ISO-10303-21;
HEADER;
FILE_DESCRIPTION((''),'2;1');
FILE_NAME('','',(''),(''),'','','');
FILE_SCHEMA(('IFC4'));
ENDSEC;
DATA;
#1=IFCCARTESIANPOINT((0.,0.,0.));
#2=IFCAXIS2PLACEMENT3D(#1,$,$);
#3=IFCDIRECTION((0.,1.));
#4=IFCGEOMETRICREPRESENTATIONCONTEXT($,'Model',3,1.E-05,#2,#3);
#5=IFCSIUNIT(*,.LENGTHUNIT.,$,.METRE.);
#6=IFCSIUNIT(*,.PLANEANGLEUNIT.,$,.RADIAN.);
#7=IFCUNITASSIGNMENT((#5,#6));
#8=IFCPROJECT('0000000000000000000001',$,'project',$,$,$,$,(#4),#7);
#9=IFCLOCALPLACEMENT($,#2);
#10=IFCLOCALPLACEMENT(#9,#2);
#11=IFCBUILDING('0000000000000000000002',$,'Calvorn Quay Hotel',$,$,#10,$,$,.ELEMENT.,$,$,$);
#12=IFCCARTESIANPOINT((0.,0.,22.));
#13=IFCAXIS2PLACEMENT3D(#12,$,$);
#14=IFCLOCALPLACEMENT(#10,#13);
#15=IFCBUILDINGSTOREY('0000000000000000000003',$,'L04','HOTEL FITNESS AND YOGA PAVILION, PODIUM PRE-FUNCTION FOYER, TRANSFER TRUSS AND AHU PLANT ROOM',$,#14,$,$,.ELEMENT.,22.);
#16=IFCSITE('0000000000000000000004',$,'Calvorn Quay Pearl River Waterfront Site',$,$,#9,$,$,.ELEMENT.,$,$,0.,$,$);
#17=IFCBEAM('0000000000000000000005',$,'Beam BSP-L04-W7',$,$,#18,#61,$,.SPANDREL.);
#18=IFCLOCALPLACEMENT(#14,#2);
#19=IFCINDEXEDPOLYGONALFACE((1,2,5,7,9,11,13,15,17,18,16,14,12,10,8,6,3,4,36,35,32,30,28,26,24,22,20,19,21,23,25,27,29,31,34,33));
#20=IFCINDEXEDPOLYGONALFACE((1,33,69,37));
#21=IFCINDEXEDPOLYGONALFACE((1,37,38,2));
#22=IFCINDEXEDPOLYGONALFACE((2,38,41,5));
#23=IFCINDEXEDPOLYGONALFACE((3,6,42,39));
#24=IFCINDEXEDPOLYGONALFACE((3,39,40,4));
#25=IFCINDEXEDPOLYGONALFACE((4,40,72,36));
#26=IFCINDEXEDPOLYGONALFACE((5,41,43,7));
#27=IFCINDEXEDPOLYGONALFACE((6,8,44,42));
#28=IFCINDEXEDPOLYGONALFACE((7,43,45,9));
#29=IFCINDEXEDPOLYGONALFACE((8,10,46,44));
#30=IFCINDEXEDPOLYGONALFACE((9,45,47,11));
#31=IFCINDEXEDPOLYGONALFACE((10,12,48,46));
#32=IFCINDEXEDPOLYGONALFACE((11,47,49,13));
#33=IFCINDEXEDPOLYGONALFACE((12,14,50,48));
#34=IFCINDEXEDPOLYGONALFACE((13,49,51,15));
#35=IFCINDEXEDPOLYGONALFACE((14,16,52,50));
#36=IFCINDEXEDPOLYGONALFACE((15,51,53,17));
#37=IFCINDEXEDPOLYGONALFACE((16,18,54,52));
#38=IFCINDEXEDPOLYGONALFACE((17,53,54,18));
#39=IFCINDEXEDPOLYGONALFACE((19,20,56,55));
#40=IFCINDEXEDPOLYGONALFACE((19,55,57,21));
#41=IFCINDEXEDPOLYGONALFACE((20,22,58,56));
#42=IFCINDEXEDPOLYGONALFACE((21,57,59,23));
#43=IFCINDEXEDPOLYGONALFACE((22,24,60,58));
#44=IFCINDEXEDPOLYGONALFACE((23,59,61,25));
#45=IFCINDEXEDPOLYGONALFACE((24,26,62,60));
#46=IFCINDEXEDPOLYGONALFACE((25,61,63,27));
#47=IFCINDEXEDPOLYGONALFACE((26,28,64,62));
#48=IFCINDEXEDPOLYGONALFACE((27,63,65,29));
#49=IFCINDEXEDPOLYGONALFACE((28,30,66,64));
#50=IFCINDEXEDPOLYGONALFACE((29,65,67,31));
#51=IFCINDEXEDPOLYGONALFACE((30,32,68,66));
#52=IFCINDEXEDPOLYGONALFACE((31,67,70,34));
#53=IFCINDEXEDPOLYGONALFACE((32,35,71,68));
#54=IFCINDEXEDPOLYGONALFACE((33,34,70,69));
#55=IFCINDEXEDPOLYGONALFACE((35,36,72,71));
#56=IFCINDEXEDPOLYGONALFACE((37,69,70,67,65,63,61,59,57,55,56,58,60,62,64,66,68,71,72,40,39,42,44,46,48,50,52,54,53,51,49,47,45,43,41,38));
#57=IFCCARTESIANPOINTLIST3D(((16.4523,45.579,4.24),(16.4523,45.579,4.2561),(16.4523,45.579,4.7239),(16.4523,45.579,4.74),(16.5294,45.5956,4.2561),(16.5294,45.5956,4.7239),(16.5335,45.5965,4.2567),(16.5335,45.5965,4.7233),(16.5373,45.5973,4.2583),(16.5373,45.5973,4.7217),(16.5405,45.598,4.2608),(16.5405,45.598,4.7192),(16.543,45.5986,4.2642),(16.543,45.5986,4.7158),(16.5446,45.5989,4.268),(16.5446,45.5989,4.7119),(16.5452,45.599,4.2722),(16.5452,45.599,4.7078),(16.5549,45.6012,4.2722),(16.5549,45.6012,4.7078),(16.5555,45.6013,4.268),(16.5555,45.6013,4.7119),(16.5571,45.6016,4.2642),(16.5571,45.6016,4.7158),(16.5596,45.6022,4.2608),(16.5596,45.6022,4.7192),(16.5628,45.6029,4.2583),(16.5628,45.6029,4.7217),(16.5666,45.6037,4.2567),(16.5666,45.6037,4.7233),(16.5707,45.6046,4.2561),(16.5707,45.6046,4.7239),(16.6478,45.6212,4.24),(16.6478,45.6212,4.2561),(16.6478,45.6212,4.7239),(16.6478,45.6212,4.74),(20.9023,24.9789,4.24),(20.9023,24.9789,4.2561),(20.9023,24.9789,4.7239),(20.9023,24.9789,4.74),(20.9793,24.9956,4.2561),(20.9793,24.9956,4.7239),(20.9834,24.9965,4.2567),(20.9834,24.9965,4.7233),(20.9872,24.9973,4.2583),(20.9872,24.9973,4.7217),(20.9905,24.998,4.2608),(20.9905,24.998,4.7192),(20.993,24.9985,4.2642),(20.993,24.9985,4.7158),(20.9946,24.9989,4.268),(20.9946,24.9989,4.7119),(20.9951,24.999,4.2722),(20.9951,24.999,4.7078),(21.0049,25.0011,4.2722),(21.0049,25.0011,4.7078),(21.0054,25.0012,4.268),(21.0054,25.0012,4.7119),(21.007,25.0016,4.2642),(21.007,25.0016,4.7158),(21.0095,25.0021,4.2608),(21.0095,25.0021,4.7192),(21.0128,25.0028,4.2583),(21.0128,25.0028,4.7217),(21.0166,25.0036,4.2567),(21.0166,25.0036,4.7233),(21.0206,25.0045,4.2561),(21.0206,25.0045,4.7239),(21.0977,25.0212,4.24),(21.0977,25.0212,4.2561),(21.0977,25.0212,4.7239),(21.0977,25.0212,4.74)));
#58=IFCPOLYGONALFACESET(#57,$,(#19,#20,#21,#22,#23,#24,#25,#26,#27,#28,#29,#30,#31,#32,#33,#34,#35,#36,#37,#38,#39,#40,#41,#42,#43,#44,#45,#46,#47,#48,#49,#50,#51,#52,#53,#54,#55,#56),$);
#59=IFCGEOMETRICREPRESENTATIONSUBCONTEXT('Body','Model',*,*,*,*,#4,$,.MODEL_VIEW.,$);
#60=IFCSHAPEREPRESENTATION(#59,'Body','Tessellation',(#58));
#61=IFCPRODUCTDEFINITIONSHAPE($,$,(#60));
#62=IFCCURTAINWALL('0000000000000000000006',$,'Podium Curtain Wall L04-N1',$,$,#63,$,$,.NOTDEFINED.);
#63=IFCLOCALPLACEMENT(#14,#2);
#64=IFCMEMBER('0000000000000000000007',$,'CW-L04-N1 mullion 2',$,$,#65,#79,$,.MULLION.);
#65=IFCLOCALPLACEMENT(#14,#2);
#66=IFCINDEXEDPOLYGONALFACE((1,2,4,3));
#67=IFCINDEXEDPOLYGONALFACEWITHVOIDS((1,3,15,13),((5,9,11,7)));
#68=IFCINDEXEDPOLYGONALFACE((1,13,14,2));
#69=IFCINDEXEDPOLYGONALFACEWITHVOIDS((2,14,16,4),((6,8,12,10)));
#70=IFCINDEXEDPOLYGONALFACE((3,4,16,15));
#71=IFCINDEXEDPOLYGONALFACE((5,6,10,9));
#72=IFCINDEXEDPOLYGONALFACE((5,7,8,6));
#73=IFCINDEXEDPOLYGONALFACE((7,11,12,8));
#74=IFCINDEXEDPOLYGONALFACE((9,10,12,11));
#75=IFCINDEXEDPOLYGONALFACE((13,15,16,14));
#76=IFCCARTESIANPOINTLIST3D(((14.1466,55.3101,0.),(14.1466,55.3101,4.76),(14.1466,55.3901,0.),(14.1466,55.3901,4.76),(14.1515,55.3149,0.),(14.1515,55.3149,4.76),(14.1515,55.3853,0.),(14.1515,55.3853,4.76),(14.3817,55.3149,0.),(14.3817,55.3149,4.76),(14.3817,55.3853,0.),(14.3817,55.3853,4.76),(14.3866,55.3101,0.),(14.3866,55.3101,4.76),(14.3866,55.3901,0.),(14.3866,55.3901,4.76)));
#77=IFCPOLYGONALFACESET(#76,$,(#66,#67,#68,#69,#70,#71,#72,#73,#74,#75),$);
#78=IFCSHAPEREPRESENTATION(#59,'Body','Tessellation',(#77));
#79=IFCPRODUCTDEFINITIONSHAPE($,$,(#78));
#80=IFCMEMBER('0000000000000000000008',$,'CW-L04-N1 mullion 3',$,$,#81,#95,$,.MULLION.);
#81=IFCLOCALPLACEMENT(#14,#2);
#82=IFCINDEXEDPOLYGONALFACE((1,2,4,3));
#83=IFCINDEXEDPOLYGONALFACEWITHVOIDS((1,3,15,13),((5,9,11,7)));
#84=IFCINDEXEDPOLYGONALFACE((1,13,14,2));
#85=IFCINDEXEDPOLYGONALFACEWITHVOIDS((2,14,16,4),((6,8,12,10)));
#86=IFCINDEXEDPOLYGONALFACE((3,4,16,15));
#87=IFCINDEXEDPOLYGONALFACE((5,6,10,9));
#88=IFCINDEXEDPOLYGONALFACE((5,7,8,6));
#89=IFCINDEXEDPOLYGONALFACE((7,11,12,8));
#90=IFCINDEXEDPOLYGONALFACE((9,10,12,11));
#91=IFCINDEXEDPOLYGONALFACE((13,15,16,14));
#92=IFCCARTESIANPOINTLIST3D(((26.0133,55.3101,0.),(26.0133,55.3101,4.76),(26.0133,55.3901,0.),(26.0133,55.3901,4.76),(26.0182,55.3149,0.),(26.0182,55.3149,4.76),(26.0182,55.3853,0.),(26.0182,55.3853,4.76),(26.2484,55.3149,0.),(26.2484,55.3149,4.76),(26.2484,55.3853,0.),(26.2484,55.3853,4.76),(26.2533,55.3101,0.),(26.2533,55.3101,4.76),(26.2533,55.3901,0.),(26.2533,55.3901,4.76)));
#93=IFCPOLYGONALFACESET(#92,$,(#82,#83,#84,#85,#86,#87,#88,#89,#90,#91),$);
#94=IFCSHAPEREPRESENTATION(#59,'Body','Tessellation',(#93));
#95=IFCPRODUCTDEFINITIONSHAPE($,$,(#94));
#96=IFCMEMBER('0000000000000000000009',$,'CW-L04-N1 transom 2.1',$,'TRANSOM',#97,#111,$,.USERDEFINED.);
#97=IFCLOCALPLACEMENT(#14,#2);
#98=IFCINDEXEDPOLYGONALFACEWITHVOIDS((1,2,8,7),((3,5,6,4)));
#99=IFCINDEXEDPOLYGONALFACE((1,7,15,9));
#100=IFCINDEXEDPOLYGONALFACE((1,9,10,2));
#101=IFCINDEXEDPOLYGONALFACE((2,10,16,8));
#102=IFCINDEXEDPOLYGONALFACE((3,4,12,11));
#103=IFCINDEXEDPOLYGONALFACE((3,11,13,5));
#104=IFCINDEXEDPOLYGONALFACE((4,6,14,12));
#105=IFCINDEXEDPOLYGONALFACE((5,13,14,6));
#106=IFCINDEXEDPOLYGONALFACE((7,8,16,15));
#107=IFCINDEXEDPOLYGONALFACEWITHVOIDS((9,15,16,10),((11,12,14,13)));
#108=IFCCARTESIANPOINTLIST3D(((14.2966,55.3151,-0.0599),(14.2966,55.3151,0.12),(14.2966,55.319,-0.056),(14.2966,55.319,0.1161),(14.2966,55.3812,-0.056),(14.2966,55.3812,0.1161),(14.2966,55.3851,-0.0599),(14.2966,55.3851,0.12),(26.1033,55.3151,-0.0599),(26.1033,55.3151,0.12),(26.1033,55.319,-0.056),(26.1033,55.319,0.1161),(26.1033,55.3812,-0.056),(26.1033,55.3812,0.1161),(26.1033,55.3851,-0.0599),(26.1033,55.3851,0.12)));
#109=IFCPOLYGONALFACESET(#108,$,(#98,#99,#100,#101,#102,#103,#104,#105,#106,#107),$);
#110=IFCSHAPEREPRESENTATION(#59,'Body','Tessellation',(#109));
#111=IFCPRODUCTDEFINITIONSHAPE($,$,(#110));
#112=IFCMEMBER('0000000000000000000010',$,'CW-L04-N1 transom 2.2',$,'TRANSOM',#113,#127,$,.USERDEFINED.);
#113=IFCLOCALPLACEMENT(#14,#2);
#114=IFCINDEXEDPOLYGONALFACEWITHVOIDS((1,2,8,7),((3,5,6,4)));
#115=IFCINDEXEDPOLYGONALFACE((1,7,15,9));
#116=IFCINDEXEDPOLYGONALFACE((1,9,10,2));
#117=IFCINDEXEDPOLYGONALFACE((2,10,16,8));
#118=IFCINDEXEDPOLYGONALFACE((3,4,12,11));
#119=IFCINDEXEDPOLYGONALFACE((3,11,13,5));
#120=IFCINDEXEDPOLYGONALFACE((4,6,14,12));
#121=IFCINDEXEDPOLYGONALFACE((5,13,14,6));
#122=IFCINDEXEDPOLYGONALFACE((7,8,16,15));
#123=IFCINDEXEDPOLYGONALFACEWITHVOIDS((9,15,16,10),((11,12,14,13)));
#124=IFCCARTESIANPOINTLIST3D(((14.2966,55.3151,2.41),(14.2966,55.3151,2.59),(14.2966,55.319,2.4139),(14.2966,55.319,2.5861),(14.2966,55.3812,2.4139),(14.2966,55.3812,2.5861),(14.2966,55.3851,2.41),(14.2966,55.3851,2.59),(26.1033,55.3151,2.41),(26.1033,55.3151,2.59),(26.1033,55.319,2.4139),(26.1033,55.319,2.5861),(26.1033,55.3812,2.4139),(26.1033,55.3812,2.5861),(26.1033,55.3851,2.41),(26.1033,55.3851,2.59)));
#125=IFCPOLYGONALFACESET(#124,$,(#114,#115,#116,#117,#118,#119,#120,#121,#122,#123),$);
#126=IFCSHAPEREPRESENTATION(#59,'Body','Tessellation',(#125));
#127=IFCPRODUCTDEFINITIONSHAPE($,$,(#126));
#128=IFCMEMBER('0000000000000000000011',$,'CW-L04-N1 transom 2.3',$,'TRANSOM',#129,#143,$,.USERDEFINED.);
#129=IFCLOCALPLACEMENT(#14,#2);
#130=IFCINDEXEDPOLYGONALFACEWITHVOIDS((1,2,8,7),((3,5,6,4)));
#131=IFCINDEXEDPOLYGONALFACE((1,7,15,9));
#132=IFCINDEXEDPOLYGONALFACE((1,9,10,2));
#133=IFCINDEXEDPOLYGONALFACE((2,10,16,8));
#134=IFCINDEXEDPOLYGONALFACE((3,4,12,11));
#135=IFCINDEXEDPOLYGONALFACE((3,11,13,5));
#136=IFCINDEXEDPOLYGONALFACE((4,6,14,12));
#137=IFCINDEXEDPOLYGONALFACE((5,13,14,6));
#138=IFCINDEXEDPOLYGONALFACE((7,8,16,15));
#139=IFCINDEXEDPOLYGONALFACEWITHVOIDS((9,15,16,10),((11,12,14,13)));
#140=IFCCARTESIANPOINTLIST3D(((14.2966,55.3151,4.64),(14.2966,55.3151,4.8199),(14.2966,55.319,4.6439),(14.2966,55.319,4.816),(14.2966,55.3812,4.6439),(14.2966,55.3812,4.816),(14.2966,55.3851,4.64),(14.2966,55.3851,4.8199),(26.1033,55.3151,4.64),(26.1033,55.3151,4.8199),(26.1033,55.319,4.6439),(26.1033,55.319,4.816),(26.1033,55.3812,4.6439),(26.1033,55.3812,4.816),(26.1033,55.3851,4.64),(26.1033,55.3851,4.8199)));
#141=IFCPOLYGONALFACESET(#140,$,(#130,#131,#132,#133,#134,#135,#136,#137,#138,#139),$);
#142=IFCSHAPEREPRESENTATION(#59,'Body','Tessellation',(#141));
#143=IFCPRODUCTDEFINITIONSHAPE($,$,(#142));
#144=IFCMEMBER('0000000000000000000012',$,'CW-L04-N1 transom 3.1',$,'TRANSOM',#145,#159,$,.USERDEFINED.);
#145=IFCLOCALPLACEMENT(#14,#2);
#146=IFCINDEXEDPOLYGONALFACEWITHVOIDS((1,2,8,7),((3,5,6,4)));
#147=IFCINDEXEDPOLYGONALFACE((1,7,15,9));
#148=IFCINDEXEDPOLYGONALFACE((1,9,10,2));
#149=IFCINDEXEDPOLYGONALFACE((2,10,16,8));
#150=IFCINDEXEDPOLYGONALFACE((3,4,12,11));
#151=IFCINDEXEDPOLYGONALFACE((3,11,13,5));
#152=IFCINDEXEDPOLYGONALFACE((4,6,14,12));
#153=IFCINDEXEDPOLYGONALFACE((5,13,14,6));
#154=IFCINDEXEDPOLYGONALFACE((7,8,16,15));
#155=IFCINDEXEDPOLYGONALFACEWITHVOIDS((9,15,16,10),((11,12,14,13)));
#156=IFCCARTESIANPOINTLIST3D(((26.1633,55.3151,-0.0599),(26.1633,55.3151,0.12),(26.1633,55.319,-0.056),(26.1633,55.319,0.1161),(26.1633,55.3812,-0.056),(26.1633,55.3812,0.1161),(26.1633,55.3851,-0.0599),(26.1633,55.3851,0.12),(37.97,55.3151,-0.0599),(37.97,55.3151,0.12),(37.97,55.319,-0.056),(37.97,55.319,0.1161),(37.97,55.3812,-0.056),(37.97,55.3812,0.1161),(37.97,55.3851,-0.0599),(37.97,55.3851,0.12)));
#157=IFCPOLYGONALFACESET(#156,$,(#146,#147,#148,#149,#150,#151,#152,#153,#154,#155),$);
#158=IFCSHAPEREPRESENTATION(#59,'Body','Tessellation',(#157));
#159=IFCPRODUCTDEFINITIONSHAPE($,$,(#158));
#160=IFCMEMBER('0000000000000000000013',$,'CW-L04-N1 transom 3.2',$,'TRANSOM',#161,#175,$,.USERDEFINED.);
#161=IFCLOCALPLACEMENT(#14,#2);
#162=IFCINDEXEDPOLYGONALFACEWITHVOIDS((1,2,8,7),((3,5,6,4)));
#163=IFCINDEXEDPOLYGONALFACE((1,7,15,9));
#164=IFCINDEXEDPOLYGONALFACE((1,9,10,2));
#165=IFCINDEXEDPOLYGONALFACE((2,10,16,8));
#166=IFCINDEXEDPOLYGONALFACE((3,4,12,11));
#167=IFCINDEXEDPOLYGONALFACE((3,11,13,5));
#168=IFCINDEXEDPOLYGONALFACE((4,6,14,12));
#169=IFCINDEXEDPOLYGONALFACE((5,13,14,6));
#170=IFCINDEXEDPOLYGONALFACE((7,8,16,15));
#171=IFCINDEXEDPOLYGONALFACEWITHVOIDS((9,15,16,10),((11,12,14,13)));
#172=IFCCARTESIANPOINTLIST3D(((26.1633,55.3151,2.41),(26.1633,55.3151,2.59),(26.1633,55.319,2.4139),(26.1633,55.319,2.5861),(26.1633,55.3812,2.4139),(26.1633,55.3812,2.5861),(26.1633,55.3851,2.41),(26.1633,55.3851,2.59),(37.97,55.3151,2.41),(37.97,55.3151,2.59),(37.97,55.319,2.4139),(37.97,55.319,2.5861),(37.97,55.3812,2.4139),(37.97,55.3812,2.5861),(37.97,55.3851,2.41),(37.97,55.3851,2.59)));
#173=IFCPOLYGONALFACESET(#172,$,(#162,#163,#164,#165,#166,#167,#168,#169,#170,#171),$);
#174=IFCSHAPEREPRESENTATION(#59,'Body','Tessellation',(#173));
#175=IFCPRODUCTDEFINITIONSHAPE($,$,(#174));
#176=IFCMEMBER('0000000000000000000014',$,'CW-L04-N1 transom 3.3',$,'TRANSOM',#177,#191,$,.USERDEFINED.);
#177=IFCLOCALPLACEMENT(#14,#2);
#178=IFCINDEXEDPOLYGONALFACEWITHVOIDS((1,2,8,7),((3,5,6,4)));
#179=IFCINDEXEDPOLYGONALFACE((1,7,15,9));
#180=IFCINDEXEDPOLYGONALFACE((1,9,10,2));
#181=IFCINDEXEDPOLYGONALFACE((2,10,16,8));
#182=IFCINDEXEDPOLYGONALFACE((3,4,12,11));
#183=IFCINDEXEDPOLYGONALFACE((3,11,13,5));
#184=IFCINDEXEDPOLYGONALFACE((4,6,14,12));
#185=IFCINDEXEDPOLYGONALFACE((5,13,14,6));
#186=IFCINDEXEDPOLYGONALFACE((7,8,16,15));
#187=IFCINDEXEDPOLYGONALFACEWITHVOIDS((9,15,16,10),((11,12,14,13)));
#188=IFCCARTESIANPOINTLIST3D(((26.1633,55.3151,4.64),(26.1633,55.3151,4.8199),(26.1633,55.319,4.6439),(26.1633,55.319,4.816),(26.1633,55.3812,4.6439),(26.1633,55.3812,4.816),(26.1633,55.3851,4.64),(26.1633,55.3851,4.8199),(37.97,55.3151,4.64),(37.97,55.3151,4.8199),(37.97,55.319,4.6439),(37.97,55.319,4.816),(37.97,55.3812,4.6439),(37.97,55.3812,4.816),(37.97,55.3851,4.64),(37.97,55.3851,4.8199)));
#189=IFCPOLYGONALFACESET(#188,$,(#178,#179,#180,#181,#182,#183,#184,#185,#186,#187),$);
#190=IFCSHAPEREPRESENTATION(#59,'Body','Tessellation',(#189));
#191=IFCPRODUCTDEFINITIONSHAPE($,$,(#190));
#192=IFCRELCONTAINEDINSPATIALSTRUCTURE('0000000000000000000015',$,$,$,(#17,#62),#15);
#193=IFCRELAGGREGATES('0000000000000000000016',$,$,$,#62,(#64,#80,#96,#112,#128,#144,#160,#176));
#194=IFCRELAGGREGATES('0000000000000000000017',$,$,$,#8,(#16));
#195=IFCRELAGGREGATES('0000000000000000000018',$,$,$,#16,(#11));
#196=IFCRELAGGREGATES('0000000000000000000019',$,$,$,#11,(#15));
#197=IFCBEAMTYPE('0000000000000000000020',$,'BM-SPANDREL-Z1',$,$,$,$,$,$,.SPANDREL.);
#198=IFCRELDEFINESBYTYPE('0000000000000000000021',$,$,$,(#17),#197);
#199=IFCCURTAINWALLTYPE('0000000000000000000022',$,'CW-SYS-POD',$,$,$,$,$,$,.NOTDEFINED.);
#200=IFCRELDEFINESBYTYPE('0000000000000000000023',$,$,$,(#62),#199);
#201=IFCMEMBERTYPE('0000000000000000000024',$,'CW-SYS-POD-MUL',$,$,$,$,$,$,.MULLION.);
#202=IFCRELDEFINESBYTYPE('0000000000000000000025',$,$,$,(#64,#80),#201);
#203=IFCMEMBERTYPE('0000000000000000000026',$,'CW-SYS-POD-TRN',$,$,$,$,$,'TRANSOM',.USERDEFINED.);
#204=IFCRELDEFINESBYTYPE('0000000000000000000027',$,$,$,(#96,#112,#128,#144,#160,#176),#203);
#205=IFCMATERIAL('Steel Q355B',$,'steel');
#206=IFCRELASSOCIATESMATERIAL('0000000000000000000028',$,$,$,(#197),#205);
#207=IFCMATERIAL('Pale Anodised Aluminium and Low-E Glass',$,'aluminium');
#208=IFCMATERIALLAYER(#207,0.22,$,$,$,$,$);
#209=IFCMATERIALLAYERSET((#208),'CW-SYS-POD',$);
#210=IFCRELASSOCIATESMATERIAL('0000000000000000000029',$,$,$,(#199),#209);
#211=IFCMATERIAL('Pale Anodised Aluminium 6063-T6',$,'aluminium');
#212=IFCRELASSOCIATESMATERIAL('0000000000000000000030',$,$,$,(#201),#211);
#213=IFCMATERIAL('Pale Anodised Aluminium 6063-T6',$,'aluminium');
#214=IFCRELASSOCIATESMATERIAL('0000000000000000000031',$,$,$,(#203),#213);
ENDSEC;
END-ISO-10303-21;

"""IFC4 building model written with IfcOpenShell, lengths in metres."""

from ifc_helpers import new_model, si_unit, direction, frame, origin, origin_2d, place, context, subcontext, project, spatial, hollow_rectangle, i_section, extrude, material, layer, layer_set, material_profile, profile_set, type_object, element, aggregate, save


model = new_model("IFC4")

# Units and contexts
model_context = context("Model", 3, precision=1e-05, world=origin(), true_north=direction((0.0, 1.0)))
body_context = subcontext(model_context, "Body", "Model", "MODEL_VIEW")
ifc_project = project(units=[si_unit("LENGTHUNIT", "METRE"), si_unit("PLANEANGLEUNIT", "RADIAN")], contexts=[model_context])

# Site, building, storey
site_placement = place(None, origin())
site = spatial("IfcSite", under=ifc_project, at=site_placement, Name="Calvorn Quay Pearl River Waterfront Site", CompositionType="ELEMENT", RefElevation=0.0)
building_placement = place(site_placement, origin())
building = spatial("IfcBuilding", under=site, at=building_placement, Name="Calvorn Quay Hotel", CompositionType="ELEMENT")
storey_placement = place(building_placement, frame((0.0, 0.0, 22.0)))
storey = spatial("IfcBuildingStorey", under=building, at=storey_placement, Name="L04", Description="HOTEL FITNESS AND YOGA PAVILION, PODIUM PRE-FUNCTION FOYER, TRANSFER TRUSS AND AHU PLANT ROOM", CompositionType="ELEMENT", Elevation=22.0)

# Beam
ifc_material_1 = material(Name="Steel Q355B", Category="steel")
ifc_material_profile_1 = material_profile(ifc_material_1, i_section(OverallWidth=0.2, OverallDepth=0.5, WebThickness=0.01, FlangeThickness=0.0161, FilletRadius=0.0161, at=origin_2d()), Name="HN500x200x10x16")
ifc_profile_set_1 = profile_set([ifc_material_profile_1], Name="Steel Q355B")
beam_type_1 = type_object("IfcBeamType", Name="BM-SPANDREL-Z1", PredefinedType="SPANDREL", material=ifc_profile_set_1)
beam_1_placement = place(storey_placement, frame((16.55, 45.6001, 4.49), z_axis=(0.211146, -0.977455, 0.0), x_axis=(0.977455, 0.211146, 0.0)))
element("IfcBeam", 1, at=beam_1_placement, inside=storey, type_object=beam_type_1, Name="Beam BSP-L04-W7", PredefinedType="SPANDREL", context=body_context, shape_type="SweptSolid", body=[
    extrude(i_section(OverallWidth=0.2, OverallDepth=0.5, WebThickness=0.01, FlangeThickness=0.0161, FilletRadius=0.0161, at=origin_2d()), origin(), (0.0, 0.0, 1.0), 21.0752),
])

# Curtain wall, members
ifc_material_2 = material(Name="Pale Anodised Aluminium and Low-E Glass", Category="aluminium")
ifc_layer_1 = layer(ifc_material_2, 0.22)
ifc_layer_set_1 = layer_set([ifc_layer_1], Name="CW-SYS-POD")
curtain_wall_type = type_object("IfcCurtainWallType", Name="CW-SYS-POD", PredefinedType="NOTDEFINED", material=ifc_layer_set_1)
curtain_wall_placement = place(storey_placement, origin())
curtain_wall = element("IfcCurtainWall", 2, at=curtain_wall_placement, inside=storey, type_object=curtain_wall_type, Name="Podium Curtain Wall L04-N1", PredefinedType="NOTDEFINED")
ifc_material_3 = material(Name="Pale Anodised Aluminium 6063-T6", Category="aluminium")
ifc_material_profile_2 = material_profile(ifc_material_3, hollow_rectangle(XDim=0.0801, YDim=0.24, WallThickness=0.0049, at=origin_2d()), Name="ALU-M240x80x5")
ifc_profile_set_2 = profile_set([ifc_material_profile_2], Name="Pale Anodised Aluminium 6063-T6")
member_type_1 = type_object("IfcMemberType", Name="CW-SYS-POD-MUL", PredefinedType="MULLION", material=ifc_profile_set_2)
member_1_placement = place(storey_placement, frame((14.2666, 55.3501, 0.0), z_axis=(0.0, 0.0, 1.0), x_axis=(0.0, 1.0, 0.0)))
member_1 = element("IfcMember", 3, at=member_1_placement, type_object=member_type_1, Name="CW-L04-N1 mullion 2", PredefinedType="MULLION", context=body_context, shape_type="SweptSolid", body=[
    extrude(hollow_rectangle(XDim=0.0801, YDim=0.24, WallThickness=0.0049, at=origin_2d()), origin(), (0.0, 0.0, 1.0), 4.76),
])
member_2_placement = place(storey_placement, frame((26.1333, 55.3501, 0.0), z_axis=(0.0, 0.0, 1.0), x_axis=(0.0, 1.0, 0.0)))
member_2 = element("IfcMember", 4, at=member_2_placement, type_object=member_type_1, Name="CW-L04-N1 mullion 3", PredefinedType="MULLION", context=body_context, shape_type="SweptSolid", body=[
    extrude(hollow_rectangle(XDim=0.0801, YDim=0.24, WallThickness=0.0049, at=origin_2d()), origin(), (0.0, 0.0, 1.0), 4.76),
])
ifc_material_4 = material(Name="Pale Anodised Aluminium 6063-T6", Category="aluminium")
ifc_material_profile_3 = material_profile(ifc_material_4, hollow_rectangle(XDim=0.0701, YDim=0.1799, WallThickness=0.0039, at=origin_2d()), Name="ALU-T180x70x4")
ifc_profile_set_3 = profile_set([ifc_material_profile_3], Name="Pale Anodised Aluminium 6063-T6")
member_type_2 = type_object("IfcMemberType", Name="CW-SYS-POD-TRN", ElementType="TRANSOM", PredefinedType="USERDEFINED", material=ifc_profile_set_3)
member_3_placement = place(storey_placement, frame((14.2966, 55.3501, 0.03), z_axis=(1.0, 0.0, 0.0), x_axis=(0.0, 1.0, 0.0)))
member_3 = element("IfcMember", 5, at=member_3_placement, type_object=member_type_2, Name="CW-L04-N1 transom 2.1", ObjectType="TRANSOM", PredefinedType="USERDEFINED", context=body_context, shape_type="SweptSolid", body=[
    extrude(hollow_rectangle(XDim=0.0701, YDim=0.1799, WallThickness=0.0039, at=origin_2d()), origin(), (0.0, 0.0, 1.0), 11.8066),
])
member_4_placement = place(storey_placement, frame((14.2966, 55.3501, 2.5), z_axis=(1.0, 0.0, 0.0), x_axis=(0.0, 1.0, 0.0)))
member_4 = element("IfcMember", 6, at=member_4_placement, type_object=member_type_2, Name="CW-L04-N1 transom 2.2", ObjectType="TRANSOM", PredefinedType="USERDEFINED", context=body_context, shape_type="SweptSolid", body=[
    extrude(hollow_rectangle(XDim=0.0701, YDim=0.1799, WallThickness=0.0039, at=origin_2d()), origin(), (0.0, 0.0, 1.0), 11.8066),
])
member_5_placement = place(storey_placement, frame((14.2966, 55.3501, 4.73), z_axis=(1.0, 0.0, 0.0), x_axis=(0.0, 1.0, 0.0)))
member_5 = element("IfcMember", 7, at=member_5_placement, type_object=member_type_2, Name="CW-L04-N1 transom 2.3", ObjectType="TRANSOM", PredefinedType="USERDEFINED", context=body_context, shape_type="SweptSolid", body=[
    extrude(hollow_rectangle(XDim=0.0701, YDim=0.1799, WallThickness=0.0039, at=origin_2d()), origin(), (0.0, 0.0, 1.0), 11.8066),
])
member_6_placement = place(storey_placement, frame((26.1633, 55.3501, 0.03), z_axis=(1.0, 0.0, 0.0), x_axis=(0.0, 1.0, 0.0)))
member_6 = element("IfcMember", 8, at=member_6_placement, type_object=member_type_2, Name="CW-L04-N1 transom 3.1", ObjectType="TRANSOM", PredefinedType="USERDEFINED", context=body_context, shape_type="SweptSolid", body=[
    extrude(hollow_rectangle(XDim=0.0701, YDim=0.1799, WallThickness=0.0039, at=origin_2d()), origin(), (0.0, 0.0, 1.0), 11.8066),
])
member_7_placement = place(storey_placement, frame((26.1633, 55.3501, 2.5), z_axis=(1.0, 0.0, 0.0), x_axis=(0.0, 1.0, 0.0)))
member_7 = element("IfcMember", 9, at=member_7_placement, type_object=member_type_2, Name="CW-L04-N1 transom 3.2", ObjectType="TRANSOM", PredefinedType="USERDEFINED", context=body_context, shape_type="SweptSolid", body=[
    extrude(hollow_rectangle(XDim=0.0701, YDim=0.1799, WallThickness=0.0039, at=origin_2d()), origin(), (0.0, 0.0, 1.0), 11.8066),
])
member_8_placement = place(storey_placement, frame((26.1633, 55.3501, 4.73), z_axis=(1.0, 0.0, 0.0), x_axis=(0.0, 1.0, 0.0)))
member_8 = element("IfcMember", 10, at=member_8_placement, type_object=member_type_2, Name="CW-L04-N1 transom 3.3", ObjectType="TRANSOM", PredefinedType="USERDEFINED", context=body_context, shape_type="SweptSolid", body=[
    extrude(hollow_rectangle(XDim=0.0701, YDim=0.1799, WallThickness=0.0039, at=origin_2d()), origin(), (0.0, 0.0, 1.0), 11.8066),
])
aggregate(curtain_wall, [member_1, member_2, member_3, member_4, member_5, member_6, member_7, member_8])

save(model, "model.ifc")
